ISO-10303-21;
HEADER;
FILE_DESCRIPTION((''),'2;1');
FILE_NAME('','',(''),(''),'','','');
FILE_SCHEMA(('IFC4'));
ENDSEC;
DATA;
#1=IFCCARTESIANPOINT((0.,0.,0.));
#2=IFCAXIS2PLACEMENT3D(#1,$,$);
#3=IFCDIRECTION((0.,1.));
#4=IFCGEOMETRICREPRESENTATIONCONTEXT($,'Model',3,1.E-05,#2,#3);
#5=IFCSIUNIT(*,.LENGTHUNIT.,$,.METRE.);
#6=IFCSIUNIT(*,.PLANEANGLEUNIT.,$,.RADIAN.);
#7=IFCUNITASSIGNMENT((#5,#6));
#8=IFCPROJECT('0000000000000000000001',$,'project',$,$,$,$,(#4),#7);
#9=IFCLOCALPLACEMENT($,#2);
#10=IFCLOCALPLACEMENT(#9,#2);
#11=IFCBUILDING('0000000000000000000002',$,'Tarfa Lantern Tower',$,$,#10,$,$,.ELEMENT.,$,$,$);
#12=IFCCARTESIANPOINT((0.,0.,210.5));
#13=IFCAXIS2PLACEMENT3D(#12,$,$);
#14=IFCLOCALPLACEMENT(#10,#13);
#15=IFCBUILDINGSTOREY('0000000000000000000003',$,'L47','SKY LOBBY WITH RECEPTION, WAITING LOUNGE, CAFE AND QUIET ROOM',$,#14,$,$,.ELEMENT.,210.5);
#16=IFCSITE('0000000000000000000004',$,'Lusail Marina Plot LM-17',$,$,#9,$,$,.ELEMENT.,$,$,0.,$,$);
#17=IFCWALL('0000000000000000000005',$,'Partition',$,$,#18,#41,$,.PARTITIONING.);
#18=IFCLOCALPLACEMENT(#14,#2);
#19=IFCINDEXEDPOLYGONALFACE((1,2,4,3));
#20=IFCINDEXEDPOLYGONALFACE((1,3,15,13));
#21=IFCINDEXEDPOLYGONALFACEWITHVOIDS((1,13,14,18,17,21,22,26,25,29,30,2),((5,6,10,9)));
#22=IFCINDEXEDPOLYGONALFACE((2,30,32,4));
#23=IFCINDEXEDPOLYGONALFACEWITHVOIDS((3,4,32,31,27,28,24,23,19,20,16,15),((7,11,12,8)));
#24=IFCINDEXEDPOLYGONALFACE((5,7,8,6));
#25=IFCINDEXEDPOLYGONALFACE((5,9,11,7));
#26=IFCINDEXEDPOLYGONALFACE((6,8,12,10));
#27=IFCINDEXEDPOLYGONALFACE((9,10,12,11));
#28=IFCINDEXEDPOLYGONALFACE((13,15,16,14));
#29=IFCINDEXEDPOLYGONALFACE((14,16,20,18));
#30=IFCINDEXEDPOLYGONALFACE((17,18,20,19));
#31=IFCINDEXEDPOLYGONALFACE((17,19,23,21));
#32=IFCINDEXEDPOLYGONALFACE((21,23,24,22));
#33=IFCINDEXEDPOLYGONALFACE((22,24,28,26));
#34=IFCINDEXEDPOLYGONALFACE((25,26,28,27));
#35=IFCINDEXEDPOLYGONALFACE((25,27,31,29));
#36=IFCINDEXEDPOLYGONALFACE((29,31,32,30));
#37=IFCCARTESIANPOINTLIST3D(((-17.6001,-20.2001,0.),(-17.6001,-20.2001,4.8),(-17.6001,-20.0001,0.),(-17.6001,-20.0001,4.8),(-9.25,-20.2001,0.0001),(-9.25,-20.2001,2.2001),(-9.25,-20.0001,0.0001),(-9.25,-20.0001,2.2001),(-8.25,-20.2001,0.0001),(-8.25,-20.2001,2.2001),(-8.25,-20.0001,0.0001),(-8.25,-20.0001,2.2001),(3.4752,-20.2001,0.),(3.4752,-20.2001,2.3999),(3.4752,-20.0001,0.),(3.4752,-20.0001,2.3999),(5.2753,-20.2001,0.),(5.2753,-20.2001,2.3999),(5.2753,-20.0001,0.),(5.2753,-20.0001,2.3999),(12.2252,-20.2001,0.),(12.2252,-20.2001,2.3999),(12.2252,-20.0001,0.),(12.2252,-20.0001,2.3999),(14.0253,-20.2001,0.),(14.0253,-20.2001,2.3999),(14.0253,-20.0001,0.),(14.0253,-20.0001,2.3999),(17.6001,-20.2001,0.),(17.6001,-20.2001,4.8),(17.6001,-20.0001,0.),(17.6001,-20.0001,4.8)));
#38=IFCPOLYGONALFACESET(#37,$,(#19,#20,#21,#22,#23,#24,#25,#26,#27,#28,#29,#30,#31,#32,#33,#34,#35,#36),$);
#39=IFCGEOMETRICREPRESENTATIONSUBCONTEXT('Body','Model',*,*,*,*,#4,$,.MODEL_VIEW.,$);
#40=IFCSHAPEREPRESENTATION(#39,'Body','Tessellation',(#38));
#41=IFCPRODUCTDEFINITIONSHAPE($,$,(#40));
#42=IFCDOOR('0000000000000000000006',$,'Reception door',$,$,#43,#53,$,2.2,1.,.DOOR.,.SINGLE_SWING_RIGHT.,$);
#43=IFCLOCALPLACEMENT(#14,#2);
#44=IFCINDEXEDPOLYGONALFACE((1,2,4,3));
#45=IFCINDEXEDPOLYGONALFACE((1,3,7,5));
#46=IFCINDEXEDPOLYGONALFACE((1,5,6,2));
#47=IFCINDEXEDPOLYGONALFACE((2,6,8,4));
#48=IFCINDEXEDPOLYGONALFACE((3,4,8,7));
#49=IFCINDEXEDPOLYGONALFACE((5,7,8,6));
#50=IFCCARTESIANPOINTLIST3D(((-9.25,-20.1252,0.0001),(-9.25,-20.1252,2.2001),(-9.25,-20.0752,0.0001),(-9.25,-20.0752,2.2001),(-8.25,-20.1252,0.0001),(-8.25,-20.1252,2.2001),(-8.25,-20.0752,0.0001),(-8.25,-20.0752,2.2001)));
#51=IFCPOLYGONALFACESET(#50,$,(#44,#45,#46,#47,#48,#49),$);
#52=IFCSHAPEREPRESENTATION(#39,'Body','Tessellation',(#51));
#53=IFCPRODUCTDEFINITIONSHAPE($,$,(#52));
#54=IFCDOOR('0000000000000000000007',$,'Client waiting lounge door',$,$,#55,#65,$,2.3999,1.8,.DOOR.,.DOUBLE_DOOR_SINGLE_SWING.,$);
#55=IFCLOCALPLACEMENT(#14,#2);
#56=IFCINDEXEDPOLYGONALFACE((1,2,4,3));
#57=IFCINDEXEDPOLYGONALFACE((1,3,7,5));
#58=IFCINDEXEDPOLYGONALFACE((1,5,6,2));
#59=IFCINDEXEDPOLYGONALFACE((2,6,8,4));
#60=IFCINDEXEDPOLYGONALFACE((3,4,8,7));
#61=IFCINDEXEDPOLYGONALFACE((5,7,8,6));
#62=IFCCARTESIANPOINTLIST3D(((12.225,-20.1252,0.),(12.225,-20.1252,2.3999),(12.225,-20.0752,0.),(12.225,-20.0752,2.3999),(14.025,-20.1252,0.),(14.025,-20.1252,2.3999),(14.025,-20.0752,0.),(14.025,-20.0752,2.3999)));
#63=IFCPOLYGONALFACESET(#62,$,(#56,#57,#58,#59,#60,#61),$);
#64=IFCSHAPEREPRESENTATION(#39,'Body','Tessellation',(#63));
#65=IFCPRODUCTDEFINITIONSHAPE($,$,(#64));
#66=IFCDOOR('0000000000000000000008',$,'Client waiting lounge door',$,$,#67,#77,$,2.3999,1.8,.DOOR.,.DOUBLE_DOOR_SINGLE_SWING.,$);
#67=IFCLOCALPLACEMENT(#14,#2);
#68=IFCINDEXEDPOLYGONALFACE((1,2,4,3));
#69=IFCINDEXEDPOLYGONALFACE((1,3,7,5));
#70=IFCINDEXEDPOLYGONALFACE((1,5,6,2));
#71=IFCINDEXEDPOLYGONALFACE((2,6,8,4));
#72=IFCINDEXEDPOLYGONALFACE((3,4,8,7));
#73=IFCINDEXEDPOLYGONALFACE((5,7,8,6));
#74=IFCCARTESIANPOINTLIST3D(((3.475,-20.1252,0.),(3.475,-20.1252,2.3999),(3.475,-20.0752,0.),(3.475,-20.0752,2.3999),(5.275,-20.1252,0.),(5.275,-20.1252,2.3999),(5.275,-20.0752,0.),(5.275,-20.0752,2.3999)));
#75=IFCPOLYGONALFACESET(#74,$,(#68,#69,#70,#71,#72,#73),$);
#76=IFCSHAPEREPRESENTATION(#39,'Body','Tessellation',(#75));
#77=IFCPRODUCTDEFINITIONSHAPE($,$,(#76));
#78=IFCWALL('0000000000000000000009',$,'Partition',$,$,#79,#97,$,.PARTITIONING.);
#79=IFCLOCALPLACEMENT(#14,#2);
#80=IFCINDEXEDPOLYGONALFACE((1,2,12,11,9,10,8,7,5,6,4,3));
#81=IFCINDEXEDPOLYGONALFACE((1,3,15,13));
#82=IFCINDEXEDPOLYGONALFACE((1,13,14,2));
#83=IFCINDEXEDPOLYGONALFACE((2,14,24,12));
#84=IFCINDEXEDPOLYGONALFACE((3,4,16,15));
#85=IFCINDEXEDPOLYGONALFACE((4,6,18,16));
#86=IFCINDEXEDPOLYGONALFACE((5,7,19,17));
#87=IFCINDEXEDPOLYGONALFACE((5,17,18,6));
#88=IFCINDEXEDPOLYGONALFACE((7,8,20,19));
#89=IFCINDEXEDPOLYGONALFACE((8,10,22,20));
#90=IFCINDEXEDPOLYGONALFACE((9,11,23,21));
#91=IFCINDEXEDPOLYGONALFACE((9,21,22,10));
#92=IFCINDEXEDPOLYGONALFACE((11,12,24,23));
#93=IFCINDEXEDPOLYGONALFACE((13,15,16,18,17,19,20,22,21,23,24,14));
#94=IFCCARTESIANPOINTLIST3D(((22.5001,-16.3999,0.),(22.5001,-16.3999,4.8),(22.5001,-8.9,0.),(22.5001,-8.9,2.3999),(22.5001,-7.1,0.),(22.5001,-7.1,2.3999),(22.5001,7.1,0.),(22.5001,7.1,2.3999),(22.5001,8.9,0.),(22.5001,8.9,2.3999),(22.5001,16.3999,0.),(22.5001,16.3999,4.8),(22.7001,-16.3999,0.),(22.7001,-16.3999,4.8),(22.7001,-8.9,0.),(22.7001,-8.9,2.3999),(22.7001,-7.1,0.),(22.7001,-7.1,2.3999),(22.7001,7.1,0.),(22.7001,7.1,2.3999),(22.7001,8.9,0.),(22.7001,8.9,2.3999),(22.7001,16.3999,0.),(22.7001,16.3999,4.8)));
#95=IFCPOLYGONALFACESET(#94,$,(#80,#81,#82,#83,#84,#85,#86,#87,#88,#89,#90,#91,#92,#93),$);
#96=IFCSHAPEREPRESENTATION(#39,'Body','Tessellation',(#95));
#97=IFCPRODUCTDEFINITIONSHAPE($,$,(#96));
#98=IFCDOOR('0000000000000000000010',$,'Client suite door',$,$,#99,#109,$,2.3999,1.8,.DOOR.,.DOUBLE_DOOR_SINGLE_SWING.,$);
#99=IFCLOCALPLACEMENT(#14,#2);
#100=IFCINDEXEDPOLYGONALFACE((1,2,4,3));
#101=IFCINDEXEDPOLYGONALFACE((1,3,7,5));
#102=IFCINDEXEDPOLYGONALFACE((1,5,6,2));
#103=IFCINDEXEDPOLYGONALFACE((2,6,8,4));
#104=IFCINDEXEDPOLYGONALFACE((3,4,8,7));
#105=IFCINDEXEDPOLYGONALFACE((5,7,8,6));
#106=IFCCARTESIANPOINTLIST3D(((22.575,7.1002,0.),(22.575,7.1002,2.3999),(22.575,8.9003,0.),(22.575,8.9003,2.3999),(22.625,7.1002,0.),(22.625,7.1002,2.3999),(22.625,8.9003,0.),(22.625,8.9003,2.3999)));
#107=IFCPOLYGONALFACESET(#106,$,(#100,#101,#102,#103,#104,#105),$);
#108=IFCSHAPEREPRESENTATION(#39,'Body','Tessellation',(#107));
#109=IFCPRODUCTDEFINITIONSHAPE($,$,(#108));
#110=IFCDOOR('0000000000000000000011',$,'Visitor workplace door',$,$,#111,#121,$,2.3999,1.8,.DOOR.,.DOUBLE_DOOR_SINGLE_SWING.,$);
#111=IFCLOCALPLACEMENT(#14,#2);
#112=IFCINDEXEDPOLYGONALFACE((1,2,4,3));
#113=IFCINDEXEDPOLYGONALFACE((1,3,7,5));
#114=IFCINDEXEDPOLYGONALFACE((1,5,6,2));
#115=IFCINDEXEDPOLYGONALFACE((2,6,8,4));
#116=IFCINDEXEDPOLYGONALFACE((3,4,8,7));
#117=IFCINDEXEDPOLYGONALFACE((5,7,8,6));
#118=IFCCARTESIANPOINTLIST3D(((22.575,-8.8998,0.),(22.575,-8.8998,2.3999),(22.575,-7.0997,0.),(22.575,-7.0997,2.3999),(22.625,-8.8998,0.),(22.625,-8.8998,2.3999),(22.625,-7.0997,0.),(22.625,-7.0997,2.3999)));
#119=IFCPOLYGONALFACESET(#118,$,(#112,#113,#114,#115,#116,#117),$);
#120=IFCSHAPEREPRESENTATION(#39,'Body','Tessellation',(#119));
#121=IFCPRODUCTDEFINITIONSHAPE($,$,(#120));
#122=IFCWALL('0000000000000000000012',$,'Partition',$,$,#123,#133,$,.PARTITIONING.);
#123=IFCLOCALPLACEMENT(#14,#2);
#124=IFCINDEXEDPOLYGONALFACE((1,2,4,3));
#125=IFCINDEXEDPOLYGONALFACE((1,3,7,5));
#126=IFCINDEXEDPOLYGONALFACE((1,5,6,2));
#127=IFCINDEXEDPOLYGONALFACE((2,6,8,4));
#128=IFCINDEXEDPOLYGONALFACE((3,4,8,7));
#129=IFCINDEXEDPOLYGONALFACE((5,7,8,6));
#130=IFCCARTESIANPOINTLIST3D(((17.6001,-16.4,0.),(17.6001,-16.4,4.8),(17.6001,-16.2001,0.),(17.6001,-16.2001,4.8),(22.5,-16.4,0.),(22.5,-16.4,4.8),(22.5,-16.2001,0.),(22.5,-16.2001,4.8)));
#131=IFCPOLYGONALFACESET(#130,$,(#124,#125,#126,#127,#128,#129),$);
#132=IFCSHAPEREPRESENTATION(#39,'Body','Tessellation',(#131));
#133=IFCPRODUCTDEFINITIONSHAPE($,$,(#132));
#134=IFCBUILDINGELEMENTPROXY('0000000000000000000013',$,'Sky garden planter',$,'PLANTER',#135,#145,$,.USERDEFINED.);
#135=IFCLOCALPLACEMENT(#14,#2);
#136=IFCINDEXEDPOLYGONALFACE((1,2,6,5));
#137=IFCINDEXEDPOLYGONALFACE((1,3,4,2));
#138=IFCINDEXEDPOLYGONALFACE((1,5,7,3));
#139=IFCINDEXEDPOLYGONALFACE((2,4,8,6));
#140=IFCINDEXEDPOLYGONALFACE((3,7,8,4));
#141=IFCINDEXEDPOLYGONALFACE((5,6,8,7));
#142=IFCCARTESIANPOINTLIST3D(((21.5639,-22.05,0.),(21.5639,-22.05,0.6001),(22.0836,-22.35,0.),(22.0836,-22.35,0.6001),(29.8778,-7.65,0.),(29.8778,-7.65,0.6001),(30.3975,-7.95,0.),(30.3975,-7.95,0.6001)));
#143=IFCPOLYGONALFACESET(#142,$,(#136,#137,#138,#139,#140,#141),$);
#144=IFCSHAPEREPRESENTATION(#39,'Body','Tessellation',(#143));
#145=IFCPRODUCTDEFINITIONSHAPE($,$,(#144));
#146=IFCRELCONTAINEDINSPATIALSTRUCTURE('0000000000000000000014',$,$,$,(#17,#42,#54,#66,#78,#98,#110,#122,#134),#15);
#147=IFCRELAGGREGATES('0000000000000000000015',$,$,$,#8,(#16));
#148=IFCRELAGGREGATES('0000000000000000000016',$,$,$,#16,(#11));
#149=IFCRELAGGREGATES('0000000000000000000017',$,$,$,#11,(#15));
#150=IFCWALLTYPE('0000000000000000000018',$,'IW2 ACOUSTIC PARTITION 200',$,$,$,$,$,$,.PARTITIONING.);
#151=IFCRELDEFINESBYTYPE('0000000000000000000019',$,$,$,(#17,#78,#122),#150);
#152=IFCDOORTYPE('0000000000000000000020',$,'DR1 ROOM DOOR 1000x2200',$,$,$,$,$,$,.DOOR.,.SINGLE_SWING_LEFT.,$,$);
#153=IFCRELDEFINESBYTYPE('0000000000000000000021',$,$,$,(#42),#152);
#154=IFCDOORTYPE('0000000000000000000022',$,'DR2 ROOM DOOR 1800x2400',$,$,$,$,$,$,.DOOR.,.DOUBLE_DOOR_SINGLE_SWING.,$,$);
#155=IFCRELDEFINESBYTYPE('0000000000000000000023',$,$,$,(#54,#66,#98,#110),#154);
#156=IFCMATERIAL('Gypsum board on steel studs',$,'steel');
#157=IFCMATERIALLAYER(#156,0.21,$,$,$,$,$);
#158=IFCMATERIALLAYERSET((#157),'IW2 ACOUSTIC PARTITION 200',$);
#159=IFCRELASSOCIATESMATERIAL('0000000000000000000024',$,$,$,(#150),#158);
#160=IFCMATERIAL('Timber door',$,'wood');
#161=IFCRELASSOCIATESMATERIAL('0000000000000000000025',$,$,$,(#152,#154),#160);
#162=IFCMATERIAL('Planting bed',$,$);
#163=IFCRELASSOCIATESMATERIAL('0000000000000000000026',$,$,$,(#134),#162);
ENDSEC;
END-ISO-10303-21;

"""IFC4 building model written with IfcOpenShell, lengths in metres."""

from ifc_helpers import new_model, si_unit, direction, frame, frame_2d, origin, origin_2d, place, context, subcontext, project, spatial, rectangle, extrude, material, layer, layer_set, type_object, element, fill, save


model = new_model("IFC4")

# Units and contexts
model_context = context("Model", 3, precision=1e-05, world=origin(), true_north=direction((0.0, 1.0)))
body_context = subcontext(model_context, "Body", "Model", "MODEL_VIEW")
ifc_project = project(units=[si_unit("LENGTHUNIT", "METRE"), si_unit("PLANEANGLEUNIT", "RADIAN")], contexts=[model_context])

# Site, building, storey
site_placement = place(None, origin())
site = spatial("IfcSite", under=ifc_project, at=site_placement, Name="Lusail Marina Plot LM-17", CompositionType="ELEMENT", RefElevation=0.0)
building_placement = place(site_placement, origin())
building = spatial("IfcBuilding", under=site, at=building_placement, Name="Tarfa Lantern Tower", CompositionType="ELEMENT")
storey_placement = place(building_placement, frame((0.0, 0.0, 210.5)))
storey = spatial("IfcBuildingStorey", under=building, at=storey_placement, Name="L47", Description="SKY LOBBY WITH RECEPTION, WAITING LOUNGE, CAFE AND QUIET ROOM", CompositionType="ELEMENT", Elevation=210.5)

# Shared definitions
ifc_material_1 = material(Name="Gypsum board on steel studs", Category="steel")
ifc_layer = layer(ifc_material_1, 0.21)
ifc_layer_set = layer_set([ifc_layer], Name="IW2 ACOUSTIC PARTITION 200")
wall_type = type_object("IfcWallType", Name="IW2 ACOUSTIC PARTITION 200", PredefinedType="PARTITIONING", material=ifc_layer_set)

# Walls, openings, doors
wall_1_placement = place(storey_placement, frame((17.6001, -20.1001, 0.0), z_axis=(0.0, 0.0, 1.0), x_axis=(-1.0, 0.0, 0.0)))
wall_1 = element("IfcWall", 1, at=wall_1_placement, inside=storey, type_object=wall_type, Name="Partition", PredefinedType="PARTITIONING", context=body_context, shape_type="SweptSolid", body=[
    extrude(rectangle(XDim=35.2002, YDim=0.2, at=frame_2d((17.6001, 0.0))), origin(), (0.0, 0.0, 1.0), 4.8),
])
opening_1_placement = place(wall_1_placement, frame((3.575, 0.0, 0.0)))
opening_1 = element("IfcOpeningElement", 2, at=opening_1_placement, cuts=wall_1, PredefinedType="OPENING", context=body_context, shape_type="SweptSolid", body=[
    extrude(rectangle(XDim=1.8, YDim=2.3999, at=frame_2d((0.8999, 1.2))), frame((0.0, 0.1099, 0.0), z_axis=(0.0, -1.0, 0.0), x_axis=(1.0, 0.0, 0.0)), (0.0, 0.0, 1.0), 0.22),
])
opening_2_placement = place(wall_1_placement, frame((12.325, 0.0, 0.0)))
opening_2 = element("IfcOpeningElement", 3, at=opening_2_placement, cuts=wall_1, PredefinedType="OPENING", context=body_context, shape_type="SweptSolid", body=[
    extrude(rectangle(XDim=1.8, YDim=2.3999, at=frame_2d((0.8999, 1.2))), frame((0.0, 0.1099, 0.0), z_axis=(0.0, -1.0, 0.0), x_axis=(1.0, 0.0, 0.0)), (0.0, 0.0, 1.0), 0.22),
])
opening_3_placement = place(wall_1_placement, frame((25.8501, 0.0, 0.0)))
opening_3 = element("IfcOpeningElement", 4, at=opening_3_placement, cuts=wall_1, PredefinedType="OPENING", context=body_context, shape_type="SweptSolid", body=[
    extrude(rectangle(XDim=1.0, YDim=2.2, at=frame_2d((0.5, 1.1001))), frame((0.0, 0.1099, 0.0), z_axis=(0.0, -1.0, 0.0), x_axis=(1.0, 0.0, 0.0)), (0.0, 0.0, 1.0), 0.22),
])
ifc_material_2 = material(Name="Timber door", Category="wood")
door_type_1 = type_object("IfcDoorType", Name="DR1 ROOM DOOR 1000x2200", OperationType="SINGLE_SWING_LEFT", PredefinedType="DOOR", material=ifc_material_2)
door_1_placement = place(opening_3_placement, frame((1.0, 0.0, 0.0), z_axis=(0.0, 0.0, 1.0), x_axis=(-1.0, 0.0, 0.0)))
door_1 = element("IfcDoor", 5, at=door_1_placement, inside=storey, type_object=door_type_1, Name="Reception door", OperationType="SINGLE_SWING_RIGHT", OverallHeight=2.2, OverallWidth=1.0, PredefinedType="DOOR", context=body_context, shape_type="SweptSolid", body=[
    extrude(rectangle(XDim=1.0, YDim=2.2, at=frame_2d((0.5, 1.1001))), frame((0.0, 0.0249, 0.0), z_axis=(0.0, -1.0, 0.0), x_axis=(1.0, 0.0, 0.0)), (0.0, 0.0, 1.0), 0.05),
])
fill(opening_3, door_1)
door_type_2 = type_object("IfcDoorType", Name="DR2 ROOM DOOR 1800x2400", OperationType="DOUBLE_DOOR_SINGLE_SWING", PredefinedType="DOOR", material=ifc_material_2)
door_2_placement = place(opening_1_placement, frame((1.8, 0.0, 0.0), z_axis=(0.0, 0.0, 1.0), x_axis=(-1.0, 0.0, 0.0)))
door_2 = element("IfcDoor", 6, at=door_2_placement, inside=storey, type_object=door_type_2, Name="Client waiting lounge door", OperationType="DOUBLE_DOOR_SINGLE_SWING", OverallHeight=2.3999, OverallWidth=1.8, PredefinedType="DOOR", context=body_context, shape_type="SweptSolid", body=[
    extrude(rectangle(XDim=1.8, YDim=2.3999, at=frame_2d((0.8999, 1.2))), frame((0.0, 0.0249, 0.0), z_axis=(0.0, -1.0, 0.0), x_axis=(1.0, 0.0, 0.0)), (0.0, 0.0, 1.0), 0.05),
])
fill(opening_1, door_2)
door_3_placement = place(opening_2_placement, frame((1.8, 0.0, 0.0), z_axis=(0.0, 0.0, 1.0), x_axis=(-1.0, 0.0, 0.0)))
door_3 = element("IfcDoor", 7, at=door_3_placement, inside=storey, type_object=door_type_2, Name="Client waiting lounge door", OperationType="DOUBLE_DOOR_SINGLE_SWING", OverallHeight=2.3999, OverallWidth=1.8, PredefinedType="DOOR", context=body_context, shape_type="SweptSolid", body=[
    extrude(rectangle(XDim=1.8, YDim=2.3999, at=frame_2d((0.8999, 1.2))), frame((0.0, 0.0249, 0.0), z_axis=(0.0, -1.0, 0.0), x_axis=(1.0, 0.0, 0.0)), (0.0, 0.0, 1.0), 0.05),
])
fill(opening_2, door_3)
wall_2_placement = place(storey_placement, frame((22.6001, -16.3999, 0.0), z_axis=(0.0, 0.0, 1.0), x_axis=(0.0, 1.0, 0.0)))
wall_2 = element("IfcWall", 8, at=wall_2_placement, inside=storey, type_object=wall_type, Name="Partition", PredefinedType="PARTITIONING", context=body_context, shape_type="SweptSolid", body=[
    extrude(rectangle(XDim=32.7998, YDim=0.2, at=frame_2d((16.3999, 0.0))), origin(), (0.0, 0.0, 1.0), 4.8),
])
opening_4_placement = place(wall_2_placement, frame((23.5, 0.0, 0.0)))
opening_4 = element("IfcOpeningElement", 9, at=opening_4_placement, cuts=wall_2, PredefinedType="OPENING", context=body_context, shape_type="SweptSolid", body=[
    extrude(rectangle(XDim=1.8, YDim=2.3999, at=frame_2d((0.8999, 1.2))), frame((0.0, 0.1099, 0.0), z_axis=(0.0, -1.0, 0.0), x_axis=(1.0, 0.0, 0.0)), (0.0, 0.0, 1.0), 0.22),
])
opening_5_placement = place(wall_2_placement, frame((7.5, 0.0, 0.0)))
opening_5 = element("IfcOpeningElement", 10, at=opening_5_placement, cuts=wall_2, PredefinedType="OPENING", context=body_context, shape_type="SweptSolid", body=[
    extrude(rectangle(XDim=1.8, YDim=2.3999, at=frame_2d((0.8999, 1.2))), frame((0.0, 0.1099, 0.0), z_axis=(0.0, -1.0, 0.0), x_axis=(1.0, 0.0, 0.0)), (0.0, 0.0, 1.0), 0.22),
])
door_4_placement = place(opening_4_placement, frame((1.8, 0.0, 0.0), z_axis=(0.0, 0.0, 1.0), x_axis=(-1.0, 0.0, 0.0)))
door_4 = element("IfcDoor", 11, at=door_4_placement, inside=storey, type_object=door_type_2, Name="Client suite door", OperationType="DOUBLE_DOOR_SINGLE_SWING", OverallHeight=2.3999, OverallWidth=1.8, PredefinedType="DOOR", context=body_context, shape_type="SweptSolid", body=[
    extrude(rectangle(XDim=1.8, YDim=2.3999, at=frame_2d((0.8999, 1.2))), frame((0.0, 0.0249, 0.0), z_axis=(0.0, -1.0, 0.0), x_axis=(1.0, 0.0, 0.0)), (0.0, 0.0, 1.0), 0.05),
])
fill(opening_4, door_4)
door_5_placement = place(opening_5_placement, frame((1.8, 0.0, 0.0), z_axis=(0.0, 0.0, 1.0), x_axis=(-1.0, 0.0, 0.0)))
door_5 = element("IfcDoor", 12, at=door_5_placement, inside=storey, type_object=door_type_2, Name="Visitor workplace door", OperationType="DOUBLE_DOOR_SINGLE_SWING", OverallHeight=2.3999, OverallWidth=1.8, PredefinedType="DOOR", context=body_context, shape_type="SweptSolid", body=[
    extrude(rectangle(XDim=1.8, YDim=2.3999, at=frame_2d((0.8999, 1.2))), frame((0.0, 0.0249, 0.0), z_axis=(0.0, -1.0, 0.0), x_axis=(1.0, 0.0, 0.0)), (0.0, 0.0, 1.0), 0.05),
])
fill(opening_5, door_5)

# Wall
wall_3_placement = place(storey_placement, frame((17.6001, -16.3, 0.0), z_axis=(0.0, 0.0, 1.0), x_axis=(1.0, 0.0, 0.0)))
element("IfcWall", 13, at=wall_3_placement, inside=storey, type_object=wall_type, Name="Partition", PredefinedType="PARTITIONING", context=body_context, shape_type="SweptSolid", body=[
    extrude(rectangle(XDim=4.8999, YDim=0.2, at=frame_2d((2.45, 0.0))), origin(), (0.0, 0.0, 1.0), 4.8),
])

# Building element proxy
ifc_material_3 = material(Name="Planting bed")
proxy_placement = place(storey_placement, frame((25.9807, -15.0, 0.0), z_axis=(0.0, 0.0, 1.0), x_axis=(0.5, 0.866025, 0.0)))
element("IfcBuildingElementProxy", 14, at=proxy_placement, inside=storey, material=ifc_material_3, Name="Sky garden planter", ObjectType="PLANTER", PredefinedType="USERDEFINED", context=body_context, shape_type="SweptSolid", body=[
    extrude(rectangle(XDim=16.6277, YDim=0.6001, at=origin_2d()), origin(), (0.0, 0.0, 1.0), 0.6001),
])

save(model, "model.ifc")
